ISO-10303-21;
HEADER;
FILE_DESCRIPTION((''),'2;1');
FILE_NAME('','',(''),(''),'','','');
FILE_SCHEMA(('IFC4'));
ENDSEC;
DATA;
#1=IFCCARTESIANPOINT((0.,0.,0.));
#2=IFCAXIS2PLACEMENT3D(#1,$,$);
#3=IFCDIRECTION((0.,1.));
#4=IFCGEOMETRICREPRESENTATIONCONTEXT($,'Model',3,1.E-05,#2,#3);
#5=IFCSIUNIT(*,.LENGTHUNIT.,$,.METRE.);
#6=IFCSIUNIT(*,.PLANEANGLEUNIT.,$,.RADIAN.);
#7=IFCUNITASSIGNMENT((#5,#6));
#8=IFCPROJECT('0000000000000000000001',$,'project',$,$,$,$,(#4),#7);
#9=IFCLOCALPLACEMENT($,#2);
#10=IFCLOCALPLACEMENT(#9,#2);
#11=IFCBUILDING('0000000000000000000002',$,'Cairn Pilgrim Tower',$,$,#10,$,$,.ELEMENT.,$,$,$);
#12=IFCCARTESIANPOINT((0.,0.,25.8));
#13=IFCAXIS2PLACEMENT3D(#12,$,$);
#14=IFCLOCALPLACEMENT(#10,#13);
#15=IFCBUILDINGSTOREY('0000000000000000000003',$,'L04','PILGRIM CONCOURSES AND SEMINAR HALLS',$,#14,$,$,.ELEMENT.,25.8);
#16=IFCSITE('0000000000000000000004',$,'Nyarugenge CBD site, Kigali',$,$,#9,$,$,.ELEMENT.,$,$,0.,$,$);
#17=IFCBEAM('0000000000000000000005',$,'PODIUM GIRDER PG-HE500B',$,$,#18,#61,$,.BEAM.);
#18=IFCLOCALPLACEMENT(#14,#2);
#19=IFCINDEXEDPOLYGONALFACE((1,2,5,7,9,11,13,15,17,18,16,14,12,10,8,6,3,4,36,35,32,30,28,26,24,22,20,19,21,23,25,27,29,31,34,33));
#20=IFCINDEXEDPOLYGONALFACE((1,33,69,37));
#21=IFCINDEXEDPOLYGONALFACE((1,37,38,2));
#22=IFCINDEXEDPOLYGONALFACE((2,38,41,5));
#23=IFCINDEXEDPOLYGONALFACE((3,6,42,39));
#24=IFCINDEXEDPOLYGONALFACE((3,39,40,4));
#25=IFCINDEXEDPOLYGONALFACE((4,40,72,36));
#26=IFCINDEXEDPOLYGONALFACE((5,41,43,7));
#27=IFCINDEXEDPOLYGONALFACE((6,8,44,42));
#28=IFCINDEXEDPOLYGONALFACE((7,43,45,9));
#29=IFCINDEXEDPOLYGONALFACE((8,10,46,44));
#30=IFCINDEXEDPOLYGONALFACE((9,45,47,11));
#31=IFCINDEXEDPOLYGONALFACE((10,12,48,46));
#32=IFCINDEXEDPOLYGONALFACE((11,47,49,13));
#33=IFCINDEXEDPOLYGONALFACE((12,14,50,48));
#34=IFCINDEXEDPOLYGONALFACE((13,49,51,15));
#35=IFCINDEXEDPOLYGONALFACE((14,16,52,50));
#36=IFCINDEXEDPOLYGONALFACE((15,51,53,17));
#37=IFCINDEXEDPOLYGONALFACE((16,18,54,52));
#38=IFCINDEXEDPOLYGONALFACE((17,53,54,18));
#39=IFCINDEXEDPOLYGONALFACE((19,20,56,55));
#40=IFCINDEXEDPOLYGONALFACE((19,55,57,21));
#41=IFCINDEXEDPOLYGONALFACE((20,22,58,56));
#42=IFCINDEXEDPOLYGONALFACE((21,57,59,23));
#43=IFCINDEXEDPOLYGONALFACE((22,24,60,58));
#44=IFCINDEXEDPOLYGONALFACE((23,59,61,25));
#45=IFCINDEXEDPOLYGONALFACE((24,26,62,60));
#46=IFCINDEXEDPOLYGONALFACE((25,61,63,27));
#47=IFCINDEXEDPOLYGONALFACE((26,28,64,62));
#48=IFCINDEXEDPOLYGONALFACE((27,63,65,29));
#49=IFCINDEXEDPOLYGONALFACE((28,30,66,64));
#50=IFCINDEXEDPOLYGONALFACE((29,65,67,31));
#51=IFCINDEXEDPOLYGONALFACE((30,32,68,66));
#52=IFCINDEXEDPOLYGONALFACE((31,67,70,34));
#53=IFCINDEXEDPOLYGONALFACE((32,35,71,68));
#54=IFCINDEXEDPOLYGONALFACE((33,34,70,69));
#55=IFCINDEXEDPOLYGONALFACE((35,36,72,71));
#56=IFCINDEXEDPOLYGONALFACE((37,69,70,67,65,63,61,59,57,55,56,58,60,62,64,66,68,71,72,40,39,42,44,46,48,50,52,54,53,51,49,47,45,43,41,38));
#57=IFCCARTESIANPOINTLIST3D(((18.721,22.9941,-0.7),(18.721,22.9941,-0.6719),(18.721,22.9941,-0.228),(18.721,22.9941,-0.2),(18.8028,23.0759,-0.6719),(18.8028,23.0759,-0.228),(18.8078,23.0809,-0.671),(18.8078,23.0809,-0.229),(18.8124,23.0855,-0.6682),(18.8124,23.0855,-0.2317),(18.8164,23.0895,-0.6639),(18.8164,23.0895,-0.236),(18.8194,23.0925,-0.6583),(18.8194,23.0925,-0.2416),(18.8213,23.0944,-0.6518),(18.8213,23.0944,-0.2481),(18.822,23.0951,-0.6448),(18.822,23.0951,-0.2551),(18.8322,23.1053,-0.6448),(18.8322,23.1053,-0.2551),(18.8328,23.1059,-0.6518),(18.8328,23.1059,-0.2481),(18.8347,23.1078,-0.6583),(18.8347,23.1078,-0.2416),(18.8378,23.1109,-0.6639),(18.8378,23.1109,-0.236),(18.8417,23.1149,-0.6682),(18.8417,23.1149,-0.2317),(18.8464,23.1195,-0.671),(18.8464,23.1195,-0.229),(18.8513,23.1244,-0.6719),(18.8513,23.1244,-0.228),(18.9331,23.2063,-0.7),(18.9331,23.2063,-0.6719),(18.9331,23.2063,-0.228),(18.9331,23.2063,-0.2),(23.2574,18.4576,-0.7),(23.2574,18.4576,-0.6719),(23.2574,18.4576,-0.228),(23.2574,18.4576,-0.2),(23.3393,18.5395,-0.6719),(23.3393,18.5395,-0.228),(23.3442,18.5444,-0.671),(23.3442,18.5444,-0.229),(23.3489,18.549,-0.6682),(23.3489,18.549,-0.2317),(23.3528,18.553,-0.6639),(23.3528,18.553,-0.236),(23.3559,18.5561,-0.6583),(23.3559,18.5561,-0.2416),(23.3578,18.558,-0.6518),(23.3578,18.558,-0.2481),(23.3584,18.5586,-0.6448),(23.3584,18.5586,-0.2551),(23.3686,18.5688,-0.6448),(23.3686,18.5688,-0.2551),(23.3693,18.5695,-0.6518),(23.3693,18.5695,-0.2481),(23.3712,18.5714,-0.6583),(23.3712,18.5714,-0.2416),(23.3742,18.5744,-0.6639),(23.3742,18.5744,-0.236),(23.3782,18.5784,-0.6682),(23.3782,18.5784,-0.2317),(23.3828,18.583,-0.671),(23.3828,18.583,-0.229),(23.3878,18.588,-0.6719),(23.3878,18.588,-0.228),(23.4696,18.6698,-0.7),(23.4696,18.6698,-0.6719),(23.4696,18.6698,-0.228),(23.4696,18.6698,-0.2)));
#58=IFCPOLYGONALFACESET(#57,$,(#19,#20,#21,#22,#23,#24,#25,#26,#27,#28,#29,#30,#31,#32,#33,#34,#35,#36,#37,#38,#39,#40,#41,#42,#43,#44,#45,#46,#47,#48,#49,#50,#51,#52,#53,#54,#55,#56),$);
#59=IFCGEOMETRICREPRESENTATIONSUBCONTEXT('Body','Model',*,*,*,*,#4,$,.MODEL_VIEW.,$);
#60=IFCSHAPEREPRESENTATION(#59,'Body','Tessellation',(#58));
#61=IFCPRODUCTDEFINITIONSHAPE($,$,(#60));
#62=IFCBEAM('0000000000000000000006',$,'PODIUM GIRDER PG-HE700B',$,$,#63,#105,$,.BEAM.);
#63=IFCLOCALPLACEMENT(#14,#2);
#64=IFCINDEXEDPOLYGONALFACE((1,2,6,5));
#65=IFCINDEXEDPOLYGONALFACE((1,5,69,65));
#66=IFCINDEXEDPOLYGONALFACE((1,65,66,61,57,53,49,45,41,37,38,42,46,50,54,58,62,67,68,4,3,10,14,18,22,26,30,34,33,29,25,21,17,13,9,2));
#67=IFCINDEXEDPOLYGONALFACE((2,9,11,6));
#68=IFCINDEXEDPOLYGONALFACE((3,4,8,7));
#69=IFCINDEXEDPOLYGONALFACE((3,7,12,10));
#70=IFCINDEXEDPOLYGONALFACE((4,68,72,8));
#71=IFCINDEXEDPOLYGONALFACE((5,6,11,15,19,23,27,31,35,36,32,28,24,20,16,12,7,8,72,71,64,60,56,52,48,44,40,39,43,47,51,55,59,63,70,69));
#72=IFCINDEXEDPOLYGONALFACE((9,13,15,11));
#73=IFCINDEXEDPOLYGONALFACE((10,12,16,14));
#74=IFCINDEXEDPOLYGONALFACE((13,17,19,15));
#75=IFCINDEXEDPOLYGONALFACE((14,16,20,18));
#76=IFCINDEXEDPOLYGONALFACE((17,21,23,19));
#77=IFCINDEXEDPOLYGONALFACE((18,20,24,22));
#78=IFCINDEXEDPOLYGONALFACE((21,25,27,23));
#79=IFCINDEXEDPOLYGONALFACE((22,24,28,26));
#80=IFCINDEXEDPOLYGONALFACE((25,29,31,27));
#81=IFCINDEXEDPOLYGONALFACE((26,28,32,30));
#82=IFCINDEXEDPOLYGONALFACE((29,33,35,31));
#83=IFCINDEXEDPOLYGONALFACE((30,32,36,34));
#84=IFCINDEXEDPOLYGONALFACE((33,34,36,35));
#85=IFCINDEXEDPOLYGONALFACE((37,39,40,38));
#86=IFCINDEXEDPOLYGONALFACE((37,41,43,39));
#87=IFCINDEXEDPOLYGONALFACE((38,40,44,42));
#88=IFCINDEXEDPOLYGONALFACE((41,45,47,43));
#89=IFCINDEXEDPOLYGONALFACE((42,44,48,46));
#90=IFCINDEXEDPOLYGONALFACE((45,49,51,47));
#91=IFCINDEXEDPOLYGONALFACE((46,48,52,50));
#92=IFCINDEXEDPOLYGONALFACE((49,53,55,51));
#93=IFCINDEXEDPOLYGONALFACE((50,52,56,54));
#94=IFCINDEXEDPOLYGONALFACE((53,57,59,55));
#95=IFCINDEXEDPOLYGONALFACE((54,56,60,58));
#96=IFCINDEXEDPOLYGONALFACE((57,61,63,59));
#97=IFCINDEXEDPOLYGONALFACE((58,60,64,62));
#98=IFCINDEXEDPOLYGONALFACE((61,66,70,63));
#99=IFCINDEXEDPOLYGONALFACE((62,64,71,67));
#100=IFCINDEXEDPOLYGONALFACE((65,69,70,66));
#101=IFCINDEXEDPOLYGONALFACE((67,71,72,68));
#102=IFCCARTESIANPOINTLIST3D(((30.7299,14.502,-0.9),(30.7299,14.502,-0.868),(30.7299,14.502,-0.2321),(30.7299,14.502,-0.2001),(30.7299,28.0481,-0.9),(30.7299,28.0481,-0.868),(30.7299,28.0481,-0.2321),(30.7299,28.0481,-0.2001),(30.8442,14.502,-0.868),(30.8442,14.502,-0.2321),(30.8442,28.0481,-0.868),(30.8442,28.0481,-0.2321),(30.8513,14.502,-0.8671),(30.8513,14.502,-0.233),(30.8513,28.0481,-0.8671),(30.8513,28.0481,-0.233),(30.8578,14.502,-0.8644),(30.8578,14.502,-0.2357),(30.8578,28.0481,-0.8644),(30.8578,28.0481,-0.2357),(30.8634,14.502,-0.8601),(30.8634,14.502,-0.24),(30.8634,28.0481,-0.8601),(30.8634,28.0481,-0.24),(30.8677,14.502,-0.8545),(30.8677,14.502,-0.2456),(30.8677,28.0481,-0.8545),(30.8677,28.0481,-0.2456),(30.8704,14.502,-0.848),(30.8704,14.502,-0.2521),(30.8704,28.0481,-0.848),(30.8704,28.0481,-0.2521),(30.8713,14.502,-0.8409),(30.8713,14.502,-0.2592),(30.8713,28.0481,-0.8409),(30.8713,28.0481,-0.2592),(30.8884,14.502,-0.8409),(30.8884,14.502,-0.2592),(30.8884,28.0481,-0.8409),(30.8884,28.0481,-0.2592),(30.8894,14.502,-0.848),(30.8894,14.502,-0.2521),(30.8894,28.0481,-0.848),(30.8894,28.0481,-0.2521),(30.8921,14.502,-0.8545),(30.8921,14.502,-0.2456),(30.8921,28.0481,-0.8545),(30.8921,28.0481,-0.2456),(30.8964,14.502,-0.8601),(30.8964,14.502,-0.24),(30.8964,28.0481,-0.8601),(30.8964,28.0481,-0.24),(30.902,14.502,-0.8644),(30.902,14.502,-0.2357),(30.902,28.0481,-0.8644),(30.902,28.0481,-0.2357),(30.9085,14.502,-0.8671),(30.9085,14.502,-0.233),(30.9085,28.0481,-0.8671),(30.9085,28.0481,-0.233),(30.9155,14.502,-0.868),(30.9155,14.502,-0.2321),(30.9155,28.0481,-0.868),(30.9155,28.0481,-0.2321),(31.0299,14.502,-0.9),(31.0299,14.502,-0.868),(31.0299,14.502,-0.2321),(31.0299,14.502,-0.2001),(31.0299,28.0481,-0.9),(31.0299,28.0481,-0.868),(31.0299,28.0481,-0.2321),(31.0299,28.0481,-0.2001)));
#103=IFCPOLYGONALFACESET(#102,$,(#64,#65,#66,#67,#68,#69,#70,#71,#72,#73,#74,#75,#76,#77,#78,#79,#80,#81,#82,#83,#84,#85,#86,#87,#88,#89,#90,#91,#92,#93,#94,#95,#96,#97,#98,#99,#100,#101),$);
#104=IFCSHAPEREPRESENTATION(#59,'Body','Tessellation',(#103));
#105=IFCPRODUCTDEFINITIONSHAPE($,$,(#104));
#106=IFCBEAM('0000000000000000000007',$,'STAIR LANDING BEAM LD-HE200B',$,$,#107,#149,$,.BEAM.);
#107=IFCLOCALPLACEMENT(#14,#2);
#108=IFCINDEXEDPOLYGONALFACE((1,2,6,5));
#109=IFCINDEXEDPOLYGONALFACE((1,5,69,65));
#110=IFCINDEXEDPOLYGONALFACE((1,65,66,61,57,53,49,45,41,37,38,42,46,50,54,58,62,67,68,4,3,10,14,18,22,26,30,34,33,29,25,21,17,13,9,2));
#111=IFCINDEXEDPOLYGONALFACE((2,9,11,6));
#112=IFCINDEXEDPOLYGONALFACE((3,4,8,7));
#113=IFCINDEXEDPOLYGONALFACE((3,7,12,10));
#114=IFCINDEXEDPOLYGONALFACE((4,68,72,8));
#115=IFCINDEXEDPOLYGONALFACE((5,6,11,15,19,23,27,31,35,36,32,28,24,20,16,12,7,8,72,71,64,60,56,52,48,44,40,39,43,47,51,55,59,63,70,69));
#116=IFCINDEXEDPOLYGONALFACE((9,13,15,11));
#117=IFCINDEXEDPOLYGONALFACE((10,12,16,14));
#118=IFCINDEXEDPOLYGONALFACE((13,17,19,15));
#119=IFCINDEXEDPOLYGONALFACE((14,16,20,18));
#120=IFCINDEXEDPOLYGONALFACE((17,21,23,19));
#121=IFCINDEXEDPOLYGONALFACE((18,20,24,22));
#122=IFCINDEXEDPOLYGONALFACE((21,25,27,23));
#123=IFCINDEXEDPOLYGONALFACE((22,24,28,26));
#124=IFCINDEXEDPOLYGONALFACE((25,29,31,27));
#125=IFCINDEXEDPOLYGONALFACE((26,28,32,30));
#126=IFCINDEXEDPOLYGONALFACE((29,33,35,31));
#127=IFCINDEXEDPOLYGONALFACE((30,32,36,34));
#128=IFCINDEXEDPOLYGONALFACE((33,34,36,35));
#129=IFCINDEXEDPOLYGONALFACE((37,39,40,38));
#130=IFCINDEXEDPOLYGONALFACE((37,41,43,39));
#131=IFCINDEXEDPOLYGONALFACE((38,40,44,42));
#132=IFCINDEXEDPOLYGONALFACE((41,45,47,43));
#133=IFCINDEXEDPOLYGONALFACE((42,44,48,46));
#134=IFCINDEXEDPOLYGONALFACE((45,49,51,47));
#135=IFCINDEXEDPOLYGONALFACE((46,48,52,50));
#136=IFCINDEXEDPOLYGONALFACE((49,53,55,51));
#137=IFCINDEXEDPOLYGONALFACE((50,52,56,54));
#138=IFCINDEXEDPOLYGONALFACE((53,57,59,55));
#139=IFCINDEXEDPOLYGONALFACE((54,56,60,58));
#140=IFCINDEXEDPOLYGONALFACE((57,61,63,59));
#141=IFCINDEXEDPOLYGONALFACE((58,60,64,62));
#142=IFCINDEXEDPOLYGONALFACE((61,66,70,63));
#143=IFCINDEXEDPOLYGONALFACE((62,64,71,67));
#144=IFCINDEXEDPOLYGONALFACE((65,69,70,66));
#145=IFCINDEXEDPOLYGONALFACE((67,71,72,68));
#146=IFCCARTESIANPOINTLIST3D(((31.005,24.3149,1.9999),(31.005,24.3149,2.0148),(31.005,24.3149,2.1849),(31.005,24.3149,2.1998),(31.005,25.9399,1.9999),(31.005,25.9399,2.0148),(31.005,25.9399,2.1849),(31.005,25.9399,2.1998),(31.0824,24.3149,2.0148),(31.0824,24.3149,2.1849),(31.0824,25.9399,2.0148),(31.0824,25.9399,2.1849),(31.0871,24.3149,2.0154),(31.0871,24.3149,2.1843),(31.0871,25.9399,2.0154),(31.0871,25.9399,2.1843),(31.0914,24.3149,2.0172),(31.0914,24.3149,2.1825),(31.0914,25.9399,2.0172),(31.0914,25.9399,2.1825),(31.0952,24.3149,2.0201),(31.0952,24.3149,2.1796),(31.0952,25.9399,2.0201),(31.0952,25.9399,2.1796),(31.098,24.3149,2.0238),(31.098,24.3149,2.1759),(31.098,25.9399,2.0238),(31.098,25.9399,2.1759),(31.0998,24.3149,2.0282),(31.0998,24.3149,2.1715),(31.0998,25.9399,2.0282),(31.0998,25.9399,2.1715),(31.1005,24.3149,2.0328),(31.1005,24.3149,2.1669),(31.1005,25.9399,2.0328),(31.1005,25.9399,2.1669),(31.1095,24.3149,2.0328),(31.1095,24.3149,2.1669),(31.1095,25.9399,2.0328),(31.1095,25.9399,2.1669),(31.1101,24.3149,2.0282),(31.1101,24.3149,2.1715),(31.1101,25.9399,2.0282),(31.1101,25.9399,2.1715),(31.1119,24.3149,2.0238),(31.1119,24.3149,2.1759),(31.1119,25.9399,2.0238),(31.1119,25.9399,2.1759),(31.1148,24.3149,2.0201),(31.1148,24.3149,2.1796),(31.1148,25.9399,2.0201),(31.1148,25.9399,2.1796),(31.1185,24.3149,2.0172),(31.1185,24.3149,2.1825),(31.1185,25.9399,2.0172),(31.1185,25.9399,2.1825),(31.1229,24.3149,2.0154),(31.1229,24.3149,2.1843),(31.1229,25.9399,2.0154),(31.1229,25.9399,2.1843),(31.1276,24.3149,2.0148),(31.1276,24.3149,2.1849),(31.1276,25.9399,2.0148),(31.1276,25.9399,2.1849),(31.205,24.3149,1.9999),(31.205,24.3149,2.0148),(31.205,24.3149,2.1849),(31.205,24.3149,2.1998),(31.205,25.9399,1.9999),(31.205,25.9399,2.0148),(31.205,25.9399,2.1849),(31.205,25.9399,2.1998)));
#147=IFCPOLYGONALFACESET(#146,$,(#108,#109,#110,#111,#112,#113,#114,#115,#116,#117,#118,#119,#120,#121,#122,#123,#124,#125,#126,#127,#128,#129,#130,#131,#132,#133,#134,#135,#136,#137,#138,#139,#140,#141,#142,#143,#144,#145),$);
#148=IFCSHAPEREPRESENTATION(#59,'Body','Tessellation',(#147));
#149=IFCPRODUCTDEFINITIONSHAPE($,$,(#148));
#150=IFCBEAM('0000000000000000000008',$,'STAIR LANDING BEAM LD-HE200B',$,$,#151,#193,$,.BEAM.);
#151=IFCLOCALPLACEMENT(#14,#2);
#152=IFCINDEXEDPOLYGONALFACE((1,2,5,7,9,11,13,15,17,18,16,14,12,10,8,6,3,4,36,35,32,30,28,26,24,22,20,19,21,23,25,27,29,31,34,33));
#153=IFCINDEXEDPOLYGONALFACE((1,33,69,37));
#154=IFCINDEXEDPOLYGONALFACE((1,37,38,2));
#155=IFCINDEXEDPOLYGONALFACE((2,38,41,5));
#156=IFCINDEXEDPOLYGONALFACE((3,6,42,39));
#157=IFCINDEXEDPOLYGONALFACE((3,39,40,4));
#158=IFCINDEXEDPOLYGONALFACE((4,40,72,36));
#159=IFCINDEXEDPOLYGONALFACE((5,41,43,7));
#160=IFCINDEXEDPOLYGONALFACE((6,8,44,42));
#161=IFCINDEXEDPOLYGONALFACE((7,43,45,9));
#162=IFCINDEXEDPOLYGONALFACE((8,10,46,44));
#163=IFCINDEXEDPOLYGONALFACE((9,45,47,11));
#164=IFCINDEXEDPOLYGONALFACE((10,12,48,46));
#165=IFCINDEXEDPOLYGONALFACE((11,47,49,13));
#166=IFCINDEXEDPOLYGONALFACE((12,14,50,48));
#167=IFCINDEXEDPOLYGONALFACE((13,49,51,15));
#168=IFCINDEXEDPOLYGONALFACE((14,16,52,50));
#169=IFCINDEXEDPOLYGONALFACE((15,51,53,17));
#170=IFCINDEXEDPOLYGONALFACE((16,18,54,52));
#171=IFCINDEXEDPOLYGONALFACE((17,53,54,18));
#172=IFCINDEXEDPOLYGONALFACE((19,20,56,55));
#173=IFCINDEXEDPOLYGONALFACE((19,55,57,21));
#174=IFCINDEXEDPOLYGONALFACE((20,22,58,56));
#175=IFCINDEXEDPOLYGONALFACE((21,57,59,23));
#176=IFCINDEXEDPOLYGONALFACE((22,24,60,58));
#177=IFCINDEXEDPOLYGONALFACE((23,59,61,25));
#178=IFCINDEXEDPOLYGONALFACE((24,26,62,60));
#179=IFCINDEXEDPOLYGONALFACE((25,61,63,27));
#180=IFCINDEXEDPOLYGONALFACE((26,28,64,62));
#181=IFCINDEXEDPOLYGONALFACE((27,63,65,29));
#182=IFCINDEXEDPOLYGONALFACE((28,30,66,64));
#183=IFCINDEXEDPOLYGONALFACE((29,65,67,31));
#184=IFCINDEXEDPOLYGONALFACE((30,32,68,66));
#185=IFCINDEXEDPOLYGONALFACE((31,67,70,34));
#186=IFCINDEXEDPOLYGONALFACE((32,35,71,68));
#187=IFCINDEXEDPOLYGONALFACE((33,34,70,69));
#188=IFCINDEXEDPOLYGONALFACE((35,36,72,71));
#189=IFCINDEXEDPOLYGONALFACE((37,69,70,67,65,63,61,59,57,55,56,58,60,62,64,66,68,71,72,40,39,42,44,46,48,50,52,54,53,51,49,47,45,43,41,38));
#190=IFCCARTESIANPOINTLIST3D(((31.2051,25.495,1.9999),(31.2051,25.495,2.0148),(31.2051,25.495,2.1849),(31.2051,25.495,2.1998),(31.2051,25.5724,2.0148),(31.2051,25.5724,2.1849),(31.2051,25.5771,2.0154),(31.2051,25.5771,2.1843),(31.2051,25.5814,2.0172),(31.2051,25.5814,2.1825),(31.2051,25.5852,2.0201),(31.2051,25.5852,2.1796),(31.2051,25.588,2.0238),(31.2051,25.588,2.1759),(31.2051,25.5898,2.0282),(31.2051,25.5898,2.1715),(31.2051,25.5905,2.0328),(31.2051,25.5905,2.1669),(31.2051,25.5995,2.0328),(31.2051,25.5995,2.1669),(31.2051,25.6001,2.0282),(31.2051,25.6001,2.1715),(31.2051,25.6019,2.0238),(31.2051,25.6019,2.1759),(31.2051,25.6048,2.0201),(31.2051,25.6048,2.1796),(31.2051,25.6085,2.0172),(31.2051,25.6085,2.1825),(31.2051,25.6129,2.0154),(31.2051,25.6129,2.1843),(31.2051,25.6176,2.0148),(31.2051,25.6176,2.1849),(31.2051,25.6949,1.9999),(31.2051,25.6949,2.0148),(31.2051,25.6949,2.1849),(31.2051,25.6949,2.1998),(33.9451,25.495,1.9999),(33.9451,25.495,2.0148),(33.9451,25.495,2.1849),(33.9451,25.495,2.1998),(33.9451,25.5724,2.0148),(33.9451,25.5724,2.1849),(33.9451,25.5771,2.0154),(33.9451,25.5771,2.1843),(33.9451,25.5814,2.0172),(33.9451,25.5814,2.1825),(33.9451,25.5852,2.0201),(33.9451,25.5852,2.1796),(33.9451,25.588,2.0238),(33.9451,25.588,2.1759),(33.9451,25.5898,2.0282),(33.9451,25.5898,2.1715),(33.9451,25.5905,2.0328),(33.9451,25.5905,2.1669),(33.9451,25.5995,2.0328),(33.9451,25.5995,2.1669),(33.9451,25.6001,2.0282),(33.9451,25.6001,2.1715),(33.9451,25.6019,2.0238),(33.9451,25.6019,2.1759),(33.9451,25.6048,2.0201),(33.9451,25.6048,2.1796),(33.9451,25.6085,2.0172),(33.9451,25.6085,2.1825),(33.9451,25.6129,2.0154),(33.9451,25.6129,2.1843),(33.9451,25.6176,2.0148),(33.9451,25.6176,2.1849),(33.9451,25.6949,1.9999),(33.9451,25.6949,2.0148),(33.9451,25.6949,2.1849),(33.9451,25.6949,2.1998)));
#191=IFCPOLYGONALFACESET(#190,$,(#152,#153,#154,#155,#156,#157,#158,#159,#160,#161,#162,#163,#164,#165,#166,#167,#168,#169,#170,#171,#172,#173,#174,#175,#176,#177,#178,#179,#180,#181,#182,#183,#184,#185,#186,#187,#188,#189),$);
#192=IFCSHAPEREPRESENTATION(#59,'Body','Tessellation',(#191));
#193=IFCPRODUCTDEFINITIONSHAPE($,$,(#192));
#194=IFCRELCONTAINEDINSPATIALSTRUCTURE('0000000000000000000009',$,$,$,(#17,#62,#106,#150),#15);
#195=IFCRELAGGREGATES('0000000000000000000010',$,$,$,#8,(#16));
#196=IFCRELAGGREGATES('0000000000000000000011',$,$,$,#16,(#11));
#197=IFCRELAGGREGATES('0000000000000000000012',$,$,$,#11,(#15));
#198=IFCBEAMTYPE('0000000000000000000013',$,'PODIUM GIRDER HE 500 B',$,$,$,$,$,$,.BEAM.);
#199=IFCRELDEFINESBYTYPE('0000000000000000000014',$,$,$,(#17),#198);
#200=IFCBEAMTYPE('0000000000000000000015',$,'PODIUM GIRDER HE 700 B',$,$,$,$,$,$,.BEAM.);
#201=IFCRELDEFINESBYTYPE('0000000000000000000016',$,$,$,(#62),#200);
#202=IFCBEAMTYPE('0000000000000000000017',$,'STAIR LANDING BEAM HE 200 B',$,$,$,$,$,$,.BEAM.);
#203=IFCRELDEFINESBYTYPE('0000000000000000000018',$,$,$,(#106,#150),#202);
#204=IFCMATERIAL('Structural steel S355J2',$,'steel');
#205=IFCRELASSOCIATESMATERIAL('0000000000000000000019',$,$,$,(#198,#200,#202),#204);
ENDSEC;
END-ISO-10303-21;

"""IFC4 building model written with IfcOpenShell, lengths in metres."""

from ifc_helpers import new_model, si_unit, direction, frame, origin, origin_2d, place, context, subcontext, project, spatial, i_section, extrude, material, material_profile, profile_set, type_object, element, save


model = new_model("IFC4")

# Units and contexts
model_context = context("Model", 3, precision=1e-05, world=origin(), true_north=direction((0.0, 1.0)))
body_context = subcontext(model_context, "Body", "Model", "MODEL_VIEW")
ifc_project = project(units=[si_unit("LENGTHUNIT", "METRE"), si_unit("PLANEANGLEUNIT", "RADIAN")], contexts=[model_context])

# Site, building, storey
site_placement = place(None, origin())
site = spatial("IfcSite", under=ifc_project, at=site_placement, Name="Nyarugenge CBD site, Kigali", CompositionType="ELEMENT", RefElevation=0.0)
building_placement = place(site_placement, origin())
building = spatial("IfcBuilding", under=site, at=building_placement, Name="Cairn Pilgrim Tower", CompositionType="ELEMENT")
storey_placement = place(building_placement, frame((0.0, 0.0, 25.8)))
storey = spatial("IfcBuildingStorey", under=building, at=storey_placement, Name="L04", Description="PILGRIM CONCOURSES AND SEMINAR HALLS", CompositionType="ELEMENT", Elevation=25.8)

# Shared definitions
ifc_material_1 = material(Name="Structural steel S355J2", Category="steel")

# Beams
ifc_material_profile_1 = material_profile(ifc_material_1, i_section(OverallWidth=0.3, OverallDepth=0.5, WebThickness=0.0144, FlangeThickness=0.0281, FilletRadius=0.0271, at=origin_2d()), Name="HEB 500")
ifc_profile_set_1 = profile_set([ifc_material_profile_1], Name="Structural steel S355J2")
beam_type_1 = type_object("IfcBeamType", Name="PODIUM GIRDER HE 500 B", PredefinedType="BEAM", material=ifc_profile_set_1)
beam_1_placement = place(storey_placement, frame((23.3635, 18.5637, -0.45), z_axis=(-0.707107, 0.707107, 0.0), x_axis=(-0.707107, -0.707107, 0.0)))
element("IfcBeam", 1, at=beam_1_placement, inside=storey, type_object=beam_type_1, Name="PODIUM GIRDER PG-HE500B", PredefinedType="BEAM", context=body_context, shape_type="SweptSolid", body=[
    extrude(i_section(OverallWidth=0.3, OverallDepth=0.5, WebThickness=0.0144, FlangeThickness=0.0281, FilletRadius=0.0271, at=origin_2d()), origin(), (0.0, 0.0, 1.0), 6.4155),
])
ifc_material_profile_2 = material_profile(ifc_material_1, i_section(OverallWidth=0.3, OverallDepth=0.7, WebThickness=0.0171, FlangeThickness=0.032, FilletRadius=0.0271, at=origin_2d()), Name="HEB 700")
ifc_profile_set_2 = profile_set([ifc_material_profile_2], Name="Structural steel S355J2")
beam_type_2 = type_object("IfcBeamType", Name="PODIUM GIRDER HE 700 B", PredefinedType="BEAM", material=ifc_profile_set_2)
beam_2_placement = place(storey_placement, frame((30.8799, 14.502, -0.55), z_axis=(0.0, 1.0, 0.0), x_axis=(-1.0, 0.0, 0.0)))
element("IfcBeam", 2, at=beam_2_placement, inside=storey, type_object=beam_type_2, Name="PODIUM GIRDER PG-HE700B", PredefinedType="BEAM", context=body_context, shape_type="SweptSolid", body=[
    extrude(i_section(OverallWidth=0.3, OverallDepth=0.7, WebThickness=0.0171, FlangeThickness=0.032, FilletRadius=0.0271, at=origin_2d()), origin(), (0.0, 0.0, 1.0), 13.5461),
])
ifc_material_profile_3 = material_profile(ifc_material_1, i_section(OverallWidth=0.2, OverallDepth=0.2, WebThickness=0.009, FlangeThickness=0.0149, FilletRadius=0.0181, at=origin_2d()), Name="HE 200 B")
ifc_profile_set_3 = profile_set([ifc_material_profile_3], Name="Structural steel S355J2")
beam_type_3 = type_object("IfcBeamType", Name="STAIR LANDING BEAM HE 200 B", PredefinedType="BEAM", material=ifc_profile_set_3)
beam_3_placement = place(storey_placement, frame((31.105, 25.9399, 2.0999), z_axis=(0.0, -1.0, 0.0), x_axis=(1.0, 0.0, 0.0)))
element("IfcBeam", 3, at=beam_3_placement, inside=storey, type_object=beam_type_3, Name="STAIR LANDING BEAM LD-HE200B", PredefinedType="BEAM", context=body_context, shape_type="SweptSolid", body=[
    extrude(i_section(OverallWidth=0.2, OverallDepth=0.2, WebThickness=0.009, FlangeThickness=0.0149, FilletRadius=0.0181, at=origin_2d()), origin(), (0.0, 0.0, 1.0), 1.625),
])
beam_4_placement = place(storey_placement, frame((31.2051, 25.595, 2.0999), z_axis=(1.0, 0.0, 0.0), x_axis=(0.0, 1.0, 0.0)))
element("IfcBeam", 4, at=beam_4_placement, inside=storey, type_object=beam_type_3, Name="STAIR LANDING BEAM LD-HE200B", PredefinedType="BEAM", context=body_context, shape_type="SweptSolid", body=[
    extrude(i_section(OverallWidth=0.2, OverallDepth=0.2, WebThickness=0.009, FlangeThickness=0.0149, FilletRadius=0.0181, at=origin_2d()), origin(), (0.0, 0.0, 1.0), 2.74),
])

save(model, "model.ifc")
